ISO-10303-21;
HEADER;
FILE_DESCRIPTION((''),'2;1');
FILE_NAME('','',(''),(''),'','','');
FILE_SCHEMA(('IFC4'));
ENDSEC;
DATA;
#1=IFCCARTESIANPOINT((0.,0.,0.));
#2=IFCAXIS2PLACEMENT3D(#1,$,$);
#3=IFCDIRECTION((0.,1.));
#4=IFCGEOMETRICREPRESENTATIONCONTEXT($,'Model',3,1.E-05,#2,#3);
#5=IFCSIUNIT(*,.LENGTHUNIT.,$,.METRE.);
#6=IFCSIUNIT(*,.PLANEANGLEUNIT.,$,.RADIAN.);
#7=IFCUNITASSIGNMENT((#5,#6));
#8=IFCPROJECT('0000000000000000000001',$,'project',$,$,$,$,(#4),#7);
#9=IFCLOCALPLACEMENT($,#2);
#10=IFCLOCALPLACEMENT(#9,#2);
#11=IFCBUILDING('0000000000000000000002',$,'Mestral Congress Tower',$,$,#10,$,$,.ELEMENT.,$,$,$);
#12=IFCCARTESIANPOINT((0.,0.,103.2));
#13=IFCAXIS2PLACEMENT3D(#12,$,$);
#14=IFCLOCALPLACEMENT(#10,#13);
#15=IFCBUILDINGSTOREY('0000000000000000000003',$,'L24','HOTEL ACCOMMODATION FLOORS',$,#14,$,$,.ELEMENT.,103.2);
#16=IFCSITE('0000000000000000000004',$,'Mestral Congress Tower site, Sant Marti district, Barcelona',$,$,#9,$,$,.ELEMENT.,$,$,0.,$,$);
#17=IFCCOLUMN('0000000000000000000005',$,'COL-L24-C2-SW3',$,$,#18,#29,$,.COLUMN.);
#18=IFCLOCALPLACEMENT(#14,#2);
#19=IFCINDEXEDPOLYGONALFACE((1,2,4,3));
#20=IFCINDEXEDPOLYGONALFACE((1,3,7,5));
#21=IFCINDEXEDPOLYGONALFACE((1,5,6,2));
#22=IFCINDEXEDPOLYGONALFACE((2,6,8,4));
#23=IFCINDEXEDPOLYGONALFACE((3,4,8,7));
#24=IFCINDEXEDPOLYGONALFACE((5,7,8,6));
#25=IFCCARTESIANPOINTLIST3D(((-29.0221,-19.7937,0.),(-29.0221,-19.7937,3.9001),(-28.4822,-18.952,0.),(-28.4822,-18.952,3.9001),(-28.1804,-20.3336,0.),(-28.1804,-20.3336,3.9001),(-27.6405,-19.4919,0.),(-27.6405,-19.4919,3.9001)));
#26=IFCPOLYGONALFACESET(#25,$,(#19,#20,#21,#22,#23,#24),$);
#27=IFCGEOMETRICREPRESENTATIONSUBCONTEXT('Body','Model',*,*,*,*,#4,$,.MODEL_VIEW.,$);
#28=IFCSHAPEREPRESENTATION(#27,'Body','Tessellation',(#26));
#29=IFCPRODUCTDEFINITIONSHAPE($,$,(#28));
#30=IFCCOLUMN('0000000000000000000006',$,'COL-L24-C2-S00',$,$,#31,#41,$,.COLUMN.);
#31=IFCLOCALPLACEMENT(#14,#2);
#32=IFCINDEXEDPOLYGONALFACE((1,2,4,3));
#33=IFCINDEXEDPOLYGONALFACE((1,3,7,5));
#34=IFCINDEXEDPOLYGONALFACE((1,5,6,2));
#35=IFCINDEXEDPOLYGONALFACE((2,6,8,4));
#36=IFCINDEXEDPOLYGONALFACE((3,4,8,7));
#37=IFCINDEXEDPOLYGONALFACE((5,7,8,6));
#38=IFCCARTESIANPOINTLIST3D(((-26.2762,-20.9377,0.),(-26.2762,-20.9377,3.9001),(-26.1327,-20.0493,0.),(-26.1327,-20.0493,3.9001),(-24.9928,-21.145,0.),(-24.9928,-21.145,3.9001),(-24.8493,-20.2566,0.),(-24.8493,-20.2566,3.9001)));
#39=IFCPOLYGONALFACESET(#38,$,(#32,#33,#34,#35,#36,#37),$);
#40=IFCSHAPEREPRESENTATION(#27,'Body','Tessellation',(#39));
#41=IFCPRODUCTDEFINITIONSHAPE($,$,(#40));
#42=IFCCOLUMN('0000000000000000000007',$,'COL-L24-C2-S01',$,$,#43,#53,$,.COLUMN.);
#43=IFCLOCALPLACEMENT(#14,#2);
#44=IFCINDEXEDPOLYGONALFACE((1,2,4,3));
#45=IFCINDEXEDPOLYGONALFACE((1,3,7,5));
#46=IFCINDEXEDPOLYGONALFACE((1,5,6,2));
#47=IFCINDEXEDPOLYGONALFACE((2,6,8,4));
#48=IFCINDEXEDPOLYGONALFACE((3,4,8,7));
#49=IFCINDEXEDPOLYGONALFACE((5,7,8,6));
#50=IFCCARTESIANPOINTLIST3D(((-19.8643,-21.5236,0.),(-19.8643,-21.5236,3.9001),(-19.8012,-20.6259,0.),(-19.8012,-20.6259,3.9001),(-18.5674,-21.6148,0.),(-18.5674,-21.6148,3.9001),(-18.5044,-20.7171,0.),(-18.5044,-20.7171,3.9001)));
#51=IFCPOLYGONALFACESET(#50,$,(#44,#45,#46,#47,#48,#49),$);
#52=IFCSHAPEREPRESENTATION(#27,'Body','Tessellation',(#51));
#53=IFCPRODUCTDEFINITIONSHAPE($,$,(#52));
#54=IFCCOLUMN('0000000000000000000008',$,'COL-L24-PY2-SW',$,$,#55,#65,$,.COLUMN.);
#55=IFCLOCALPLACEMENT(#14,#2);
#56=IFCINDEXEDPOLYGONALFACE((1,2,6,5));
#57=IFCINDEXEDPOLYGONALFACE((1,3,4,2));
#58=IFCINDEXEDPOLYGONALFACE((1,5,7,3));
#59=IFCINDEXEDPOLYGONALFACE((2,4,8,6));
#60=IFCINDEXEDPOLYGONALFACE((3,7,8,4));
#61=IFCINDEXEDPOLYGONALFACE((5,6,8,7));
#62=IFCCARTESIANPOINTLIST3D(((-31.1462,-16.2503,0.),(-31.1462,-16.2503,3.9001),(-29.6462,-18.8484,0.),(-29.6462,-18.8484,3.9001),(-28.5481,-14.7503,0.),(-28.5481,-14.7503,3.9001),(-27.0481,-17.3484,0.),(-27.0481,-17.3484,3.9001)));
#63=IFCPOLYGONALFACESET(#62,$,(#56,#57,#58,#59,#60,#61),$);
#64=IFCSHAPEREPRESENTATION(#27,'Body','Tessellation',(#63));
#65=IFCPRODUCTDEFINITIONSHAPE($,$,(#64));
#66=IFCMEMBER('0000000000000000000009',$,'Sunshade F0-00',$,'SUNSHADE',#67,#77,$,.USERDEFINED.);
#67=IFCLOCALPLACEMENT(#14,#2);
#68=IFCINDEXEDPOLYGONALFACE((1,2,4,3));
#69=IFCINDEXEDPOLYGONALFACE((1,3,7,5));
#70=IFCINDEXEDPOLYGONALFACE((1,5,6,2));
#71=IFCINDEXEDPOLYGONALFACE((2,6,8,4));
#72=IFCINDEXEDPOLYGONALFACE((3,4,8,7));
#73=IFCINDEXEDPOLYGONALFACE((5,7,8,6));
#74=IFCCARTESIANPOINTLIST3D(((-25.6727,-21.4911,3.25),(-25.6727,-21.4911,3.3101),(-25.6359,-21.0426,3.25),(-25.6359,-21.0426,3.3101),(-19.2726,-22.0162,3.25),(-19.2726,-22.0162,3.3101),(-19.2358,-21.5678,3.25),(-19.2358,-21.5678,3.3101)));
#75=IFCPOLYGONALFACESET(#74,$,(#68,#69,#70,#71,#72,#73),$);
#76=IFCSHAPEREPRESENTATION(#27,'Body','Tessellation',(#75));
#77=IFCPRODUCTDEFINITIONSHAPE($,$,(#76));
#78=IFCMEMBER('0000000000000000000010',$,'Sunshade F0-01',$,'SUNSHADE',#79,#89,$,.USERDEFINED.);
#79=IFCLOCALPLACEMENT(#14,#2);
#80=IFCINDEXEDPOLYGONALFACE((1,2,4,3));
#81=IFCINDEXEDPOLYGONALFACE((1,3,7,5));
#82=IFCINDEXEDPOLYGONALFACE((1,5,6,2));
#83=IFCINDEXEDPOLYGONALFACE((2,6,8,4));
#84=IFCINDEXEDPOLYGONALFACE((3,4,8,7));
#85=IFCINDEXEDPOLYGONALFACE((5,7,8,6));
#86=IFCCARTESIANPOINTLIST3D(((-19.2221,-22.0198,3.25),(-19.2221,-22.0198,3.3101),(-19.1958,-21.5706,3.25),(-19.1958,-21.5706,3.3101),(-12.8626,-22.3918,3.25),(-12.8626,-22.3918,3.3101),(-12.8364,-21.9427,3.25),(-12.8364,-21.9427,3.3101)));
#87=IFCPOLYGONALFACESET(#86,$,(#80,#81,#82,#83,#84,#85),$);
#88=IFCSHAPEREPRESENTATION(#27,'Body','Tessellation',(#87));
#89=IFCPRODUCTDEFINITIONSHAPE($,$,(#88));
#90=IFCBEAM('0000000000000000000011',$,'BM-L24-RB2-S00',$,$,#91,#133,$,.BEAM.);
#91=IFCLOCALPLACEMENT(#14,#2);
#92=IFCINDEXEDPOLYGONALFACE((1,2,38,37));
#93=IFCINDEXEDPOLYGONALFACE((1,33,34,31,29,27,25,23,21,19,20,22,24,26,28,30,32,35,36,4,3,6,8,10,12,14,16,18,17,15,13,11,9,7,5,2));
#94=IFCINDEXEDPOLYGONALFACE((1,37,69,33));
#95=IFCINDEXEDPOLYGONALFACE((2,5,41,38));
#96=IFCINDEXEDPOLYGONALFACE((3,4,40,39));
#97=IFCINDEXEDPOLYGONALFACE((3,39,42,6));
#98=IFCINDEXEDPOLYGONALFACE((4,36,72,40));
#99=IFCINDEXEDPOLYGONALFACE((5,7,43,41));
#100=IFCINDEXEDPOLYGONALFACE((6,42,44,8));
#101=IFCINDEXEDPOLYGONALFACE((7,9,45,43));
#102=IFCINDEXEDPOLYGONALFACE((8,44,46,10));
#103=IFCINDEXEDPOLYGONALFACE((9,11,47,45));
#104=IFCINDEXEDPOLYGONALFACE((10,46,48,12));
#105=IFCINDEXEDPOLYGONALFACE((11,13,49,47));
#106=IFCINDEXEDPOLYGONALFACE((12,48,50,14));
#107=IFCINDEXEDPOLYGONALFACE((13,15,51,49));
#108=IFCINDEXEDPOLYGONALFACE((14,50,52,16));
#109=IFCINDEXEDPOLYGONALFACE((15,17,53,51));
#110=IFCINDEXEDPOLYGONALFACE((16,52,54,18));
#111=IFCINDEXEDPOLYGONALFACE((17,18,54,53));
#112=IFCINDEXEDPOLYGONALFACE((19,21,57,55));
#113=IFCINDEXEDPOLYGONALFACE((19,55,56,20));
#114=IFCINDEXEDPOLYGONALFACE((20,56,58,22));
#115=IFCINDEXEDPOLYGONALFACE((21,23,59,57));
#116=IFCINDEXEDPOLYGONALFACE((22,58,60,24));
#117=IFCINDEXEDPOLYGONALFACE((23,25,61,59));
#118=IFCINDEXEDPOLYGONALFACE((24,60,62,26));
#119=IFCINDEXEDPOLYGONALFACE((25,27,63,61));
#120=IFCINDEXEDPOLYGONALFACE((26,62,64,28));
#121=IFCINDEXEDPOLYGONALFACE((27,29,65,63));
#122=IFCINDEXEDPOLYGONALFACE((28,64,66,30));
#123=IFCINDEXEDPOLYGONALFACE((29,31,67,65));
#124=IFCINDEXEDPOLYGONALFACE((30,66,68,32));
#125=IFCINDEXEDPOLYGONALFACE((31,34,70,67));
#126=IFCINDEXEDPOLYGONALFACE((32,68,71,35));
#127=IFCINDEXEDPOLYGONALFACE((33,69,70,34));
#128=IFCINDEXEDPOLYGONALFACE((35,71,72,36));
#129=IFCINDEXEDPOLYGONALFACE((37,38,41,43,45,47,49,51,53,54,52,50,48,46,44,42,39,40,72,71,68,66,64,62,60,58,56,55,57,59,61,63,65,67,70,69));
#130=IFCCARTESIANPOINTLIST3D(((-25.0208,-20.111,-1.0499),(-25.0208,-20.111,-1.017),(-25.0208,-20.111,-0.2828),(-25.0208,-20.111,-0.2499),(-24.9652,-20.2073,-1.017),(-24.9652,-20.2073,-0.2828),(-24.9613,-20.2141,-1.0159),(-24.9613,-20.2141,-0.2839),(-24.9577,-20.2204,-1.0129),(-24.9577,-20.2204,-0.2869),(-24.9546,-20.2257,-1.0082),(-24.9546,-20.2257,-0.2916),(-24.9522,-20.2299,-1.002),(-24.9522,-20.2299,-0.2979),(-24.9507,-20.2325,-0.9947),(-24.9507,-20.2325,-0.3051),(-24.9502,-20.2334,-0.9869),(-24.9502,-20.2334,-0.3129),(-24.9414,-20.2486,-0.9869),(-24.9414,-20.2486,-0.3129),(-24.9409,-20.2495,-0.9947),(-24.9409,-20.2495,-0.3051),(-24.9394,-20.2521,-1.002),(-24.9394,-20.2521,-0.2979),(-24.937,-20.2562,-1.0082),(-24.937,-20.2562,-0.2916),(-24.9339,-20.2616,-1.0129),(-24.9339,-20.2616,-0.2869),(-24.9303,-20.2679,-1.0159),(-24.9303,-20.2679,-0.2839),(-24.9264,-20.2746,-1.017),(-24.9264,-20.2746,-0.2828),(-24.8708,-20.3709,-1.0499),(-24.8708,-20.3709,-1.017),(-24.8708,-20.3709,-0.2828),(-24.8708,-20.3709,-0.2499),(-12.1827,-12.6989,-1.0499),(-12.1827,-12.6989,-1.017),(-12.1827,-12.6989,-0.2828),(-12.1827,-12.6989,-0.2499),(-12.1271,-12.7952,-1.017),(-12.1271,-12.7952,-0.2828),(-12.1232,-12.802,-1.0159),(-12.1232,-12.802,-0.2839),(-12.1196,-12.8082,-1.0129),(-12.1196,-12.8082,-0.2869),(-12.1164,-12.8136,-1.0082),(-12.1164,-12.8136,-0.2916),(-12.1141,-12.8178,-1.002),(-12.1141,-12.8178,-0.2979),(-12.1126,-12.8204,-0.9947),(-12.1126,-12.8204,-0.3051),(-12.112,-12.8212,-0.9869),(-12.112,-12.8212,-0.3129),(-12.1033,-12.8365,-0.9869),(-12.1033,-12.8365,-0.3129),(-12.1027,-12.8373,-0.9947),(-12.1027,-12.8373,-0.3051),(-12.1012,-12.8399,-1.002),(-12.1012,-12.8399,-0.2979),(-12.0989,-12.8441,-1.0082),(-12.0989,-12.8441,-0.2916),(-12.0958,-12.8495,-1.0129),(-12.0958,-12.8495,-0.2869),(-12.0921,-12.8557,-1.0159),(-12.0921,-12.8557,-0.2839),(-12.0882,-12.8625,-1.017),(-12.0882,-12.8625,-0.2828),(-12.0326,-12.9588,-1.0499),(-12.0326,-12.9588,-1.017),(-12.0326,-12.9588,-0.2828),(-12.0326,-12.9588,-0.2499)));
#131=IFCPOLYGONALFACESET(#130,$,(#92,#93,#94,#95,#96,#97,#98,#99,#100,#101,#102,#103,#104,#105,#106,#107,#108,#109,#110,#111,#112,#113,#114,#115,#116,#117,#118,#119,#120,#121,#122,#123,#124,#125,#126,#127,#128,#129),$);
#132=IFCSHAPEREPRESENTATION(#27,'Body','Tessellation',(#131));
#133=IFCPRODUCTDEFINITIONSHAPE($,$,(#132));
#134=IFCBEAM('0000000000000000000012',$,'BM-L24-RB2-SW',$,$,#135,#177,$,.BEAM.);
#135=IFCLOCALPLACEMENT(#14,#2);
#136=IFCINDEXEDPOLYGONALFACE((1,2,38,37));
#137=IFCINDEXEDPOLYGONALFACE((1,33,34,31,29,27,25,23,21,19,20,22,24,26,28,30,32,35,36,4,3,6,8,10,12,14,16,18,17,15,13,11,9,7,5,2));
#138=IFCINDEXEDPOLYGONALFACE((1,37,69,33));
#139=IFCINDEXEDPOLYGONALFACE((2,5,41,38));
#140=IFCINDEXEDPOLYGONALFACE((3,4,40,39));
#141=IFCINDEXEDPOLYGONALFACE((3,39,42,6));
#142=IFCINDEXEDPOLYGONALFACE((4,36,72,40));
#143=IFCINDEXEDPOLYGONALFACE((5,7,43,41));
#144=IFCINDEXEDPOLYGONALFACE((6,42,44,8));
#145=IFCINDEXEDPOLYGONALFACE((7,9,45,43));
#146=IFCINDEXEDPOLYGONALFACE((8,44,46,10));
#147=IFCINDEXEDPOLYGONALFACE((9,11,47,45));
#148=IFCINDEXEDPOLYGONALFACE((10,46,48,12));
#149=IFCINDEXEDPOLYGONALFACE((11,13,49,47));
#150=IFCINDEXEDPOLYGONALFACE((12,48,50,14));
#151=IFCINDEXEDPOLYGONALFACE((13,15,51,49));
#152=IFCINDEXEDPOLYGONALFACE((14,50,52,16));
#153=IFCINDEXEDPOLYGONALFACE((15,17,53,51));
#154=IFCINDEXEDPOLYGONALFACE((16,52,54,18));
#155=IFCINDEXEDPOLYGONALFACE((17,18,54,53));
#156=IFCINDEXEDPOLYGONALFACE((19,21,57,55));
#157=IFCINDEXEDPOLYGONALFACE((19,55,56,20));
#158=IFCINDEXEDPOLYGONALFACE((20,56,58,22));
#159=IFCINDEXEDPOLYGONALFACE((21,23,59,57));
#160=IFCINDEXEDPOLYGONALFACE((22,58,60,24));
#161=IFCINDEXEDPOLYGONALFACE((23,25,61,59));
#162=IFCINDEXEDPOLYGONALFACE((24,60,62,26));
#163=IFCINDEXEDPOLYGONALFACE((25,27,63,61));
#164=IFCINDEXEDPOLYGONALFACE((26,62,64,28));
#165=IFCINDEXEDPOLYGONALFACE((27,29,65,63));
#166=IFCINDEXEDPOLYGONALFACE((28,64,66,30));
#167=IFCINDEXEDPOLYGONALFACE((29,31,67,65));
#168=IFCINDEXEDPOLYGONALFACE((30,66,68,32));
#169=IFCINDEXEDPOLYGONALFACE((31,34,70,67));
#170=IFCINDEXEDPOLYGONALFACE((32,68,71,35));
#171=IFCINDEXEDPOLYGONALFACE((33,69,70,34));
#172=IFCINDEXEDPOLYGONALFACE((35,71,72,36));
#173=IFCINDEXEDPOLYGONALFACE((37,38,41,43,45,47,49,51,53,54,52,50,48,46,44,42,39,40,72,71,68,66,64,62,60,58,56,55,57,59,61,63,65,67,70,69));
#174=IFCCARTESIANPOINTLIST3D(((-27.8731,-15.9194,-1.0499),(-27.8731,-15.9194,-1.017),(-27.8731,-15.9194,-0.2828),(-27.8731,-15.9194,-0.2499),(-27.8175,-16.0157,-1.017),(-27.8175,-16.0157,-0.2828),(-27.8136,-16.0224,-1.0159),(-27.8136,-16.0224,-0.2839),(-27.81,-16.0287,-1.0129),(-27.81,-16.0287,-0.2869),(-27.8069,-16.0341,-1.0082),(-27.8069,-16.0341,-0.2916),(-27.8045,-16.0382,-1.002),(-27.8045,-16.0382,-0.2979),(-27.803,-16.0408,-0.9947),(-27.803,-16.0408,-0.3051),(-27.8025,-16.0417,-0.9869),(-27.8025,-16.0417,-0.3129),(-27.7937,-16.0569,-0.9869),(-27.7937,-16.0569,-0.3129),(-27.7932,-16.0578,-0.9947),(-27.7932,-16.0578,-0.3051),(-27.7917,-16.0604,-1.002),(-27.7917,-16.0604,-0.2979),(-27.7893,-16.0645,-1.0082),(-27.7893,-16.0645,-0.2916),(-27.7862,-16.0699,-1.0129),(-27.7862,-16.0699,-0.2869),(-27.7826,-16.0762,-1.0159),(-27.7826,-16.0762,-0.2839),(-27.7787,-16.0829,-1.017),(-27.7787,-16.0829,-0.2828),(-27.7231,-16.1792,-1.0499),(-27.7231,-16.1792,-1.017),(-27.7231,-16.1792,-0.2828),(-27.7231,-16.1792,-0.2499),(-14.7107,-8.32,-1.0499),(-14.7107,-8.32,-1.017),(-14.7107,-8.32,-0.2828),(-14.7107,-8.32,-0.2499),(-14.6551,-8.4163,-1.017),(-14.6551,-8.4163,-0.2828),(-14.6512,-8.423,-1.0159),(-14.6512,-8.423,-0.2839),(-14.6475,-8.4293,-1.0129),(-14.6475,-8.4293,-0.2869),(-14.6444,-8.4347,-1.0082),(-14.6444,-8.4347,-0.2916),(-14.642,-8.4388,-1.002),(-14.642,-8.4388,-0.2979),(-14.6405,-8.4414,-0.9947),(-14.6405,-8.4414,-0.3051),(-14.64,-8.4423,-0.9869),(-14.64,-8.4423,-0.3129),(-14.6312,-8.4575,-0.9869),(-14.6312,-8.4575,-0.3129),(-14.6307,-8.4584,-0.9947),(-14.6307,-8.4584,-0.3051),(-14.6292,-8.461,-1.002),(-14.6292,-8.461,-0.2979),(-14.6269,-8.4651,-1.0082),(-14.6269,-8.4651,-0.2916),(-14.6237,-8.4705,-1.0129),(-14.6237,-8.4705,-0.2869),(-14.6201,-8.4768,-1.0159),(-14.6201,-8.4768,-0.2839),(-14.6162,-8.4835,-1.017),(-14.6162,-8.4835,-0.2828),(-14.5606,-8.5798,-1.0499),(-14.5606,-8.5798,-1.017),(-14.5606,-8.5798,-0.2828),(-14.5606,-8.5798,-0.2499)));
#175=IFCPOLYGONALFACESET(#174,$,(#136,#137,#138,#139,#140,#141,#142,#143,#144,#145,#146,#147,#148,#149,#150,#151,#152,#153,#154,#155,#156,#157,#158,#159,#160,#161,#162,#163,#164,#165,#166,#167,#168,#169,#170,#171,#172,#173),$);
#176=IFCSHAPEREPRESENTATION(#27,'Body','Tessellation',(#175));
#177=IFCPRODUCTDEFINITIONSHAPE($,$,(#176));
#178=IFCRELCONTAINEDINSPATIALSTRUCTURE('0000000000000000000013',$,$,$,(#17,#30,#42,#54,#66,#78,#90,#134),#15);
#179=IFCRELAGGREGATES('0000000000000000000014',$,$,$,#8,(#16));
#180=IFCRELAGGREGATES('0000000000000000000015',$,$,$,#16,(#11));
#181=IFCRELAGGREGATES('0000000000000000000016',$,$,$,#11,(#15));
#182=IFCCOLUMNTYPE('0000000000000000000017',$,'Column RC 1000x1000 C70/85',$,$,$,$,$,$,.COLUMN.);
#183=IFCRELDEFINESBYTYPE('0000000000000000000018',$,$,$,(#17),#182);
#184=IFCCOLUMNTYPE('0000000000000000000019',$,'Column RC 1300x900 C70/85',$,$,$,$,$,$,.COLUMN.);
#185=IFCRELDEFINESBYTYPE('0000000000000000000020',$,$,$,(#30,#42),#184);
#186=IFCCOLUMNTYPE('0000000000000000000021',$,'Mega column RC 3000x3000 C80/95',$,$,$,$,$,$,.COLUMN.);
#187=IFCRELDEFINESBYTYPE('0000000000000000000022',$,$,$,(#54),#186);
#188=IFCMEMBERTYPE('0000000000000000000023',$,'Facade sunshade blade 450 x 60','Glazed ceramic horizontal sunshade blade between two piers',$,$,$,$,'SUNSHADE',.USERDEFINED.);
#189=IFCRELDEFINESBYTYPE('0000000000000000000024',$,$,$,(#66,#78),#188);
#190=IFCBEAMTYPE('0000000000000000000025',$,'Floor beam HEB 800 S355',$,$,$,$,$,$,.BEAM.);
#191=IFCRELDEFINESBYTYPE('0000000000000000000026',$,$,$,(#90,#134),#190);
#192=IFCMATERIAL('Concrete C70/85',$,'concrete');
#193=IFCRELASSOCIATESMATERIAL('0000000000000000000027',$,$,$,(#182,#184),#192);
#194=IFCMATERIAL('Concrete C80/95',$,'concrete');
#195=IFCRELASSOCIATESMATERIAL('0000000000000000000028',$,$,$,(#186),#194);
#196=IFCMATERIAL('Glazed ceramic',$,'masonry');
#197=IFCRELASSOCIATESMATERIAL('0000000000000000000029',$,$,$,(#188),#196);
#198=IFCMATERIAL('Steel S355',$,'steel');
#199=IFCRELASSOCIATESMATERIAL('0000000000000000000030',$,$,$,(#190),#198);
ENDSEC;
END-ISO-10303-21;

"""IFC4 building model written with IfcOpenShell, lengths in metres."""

from ifc_helpers import new_model, si_unit, direction, frame, origin, origin_2d, place, context, subcontext, project, spatial, rectangle, i_section, extrude, material, material_profile, profile_set, type_object, element, save


model = new_model("IFC4")

# Units and contexts
model_context = context("Model", 3, precision=1e-05, world=origin(), true_north=direction((0.0, 1.0)))
body_context = subcontext(model_context, "Body", "Model", "MODEL_VIEW")
ifc_project = project(units=[si_unit("LENGTHUNIT", "METRE"), si_unit("PLANEANGLEUNIT", "RADIAN")], contexts=[model_context])

# Site, building, storey
site_placement = place(None, origin())
site = spatial("IfcSite", under=ifc_project, at=site_placement, Name="Mestral Congress Tower site, Sant Marti district, Barcelona", CompositionType="ELEMENT", RefElevation=0.0)
building_placement = place(site_placement, origin())
building = spatial("IfcBuilding", under=site, at=building_placement, Name="Mestral Congress Tower", CompositionType="ELEMENT")
storey_placement = place(building_placement, frame((0.0, 0.0, 103.2)))
storey = spatial("IfcBuildingStorey", under=building, at=storey_placement, Name="L24", Description="HOTEL ACCOMMODATION FLOORS", CompositionType="ELEMENT", Elevation=103.2)

# Columns
ifc_material_1 = material(Name="Concrete C70/85", Category="concrete")
ifc_material_profile_1 = material_profile(ifc_material_1, rectangle(XDim=1.0, YDim=1.0, at=origin_2d()), Name="RC 1000x1000")
ifc_profile_set_1 = profile_set([ifc_material_profile_1], Name="Concrete C70/85")
column_type_1 = type_object("IfcColumnType", Name="Column RC 1000x1000 C70/85", PredefinedType="COLUMN", material=ifc_profile_set_1)
column_1_placement = place(storey_placement, frame((-28.3313, -19.6428, 0.0), z_axis=(0.0, 0.0, 1.0), x_axis=(0.8417, -0.539945, 0.0)))
element("IfcColumn", 1, at=column_1_placement, inside=storey, type_object=column_type_1, Name="COL-L24-C2-SW3", PredefinedType="COLUMN", context=body_context, shape_type="SweptSolid", body=[
    extrude(rectangle(XDim=1.0, YDim=1.0, at=origin_2d()), origin(), (0.0, 0.0, 1.0), 3.9001),
])
ifc_material_profile_2 = material_profile(ifc_material_1, rectangle(XDim=1.3, YDim=0.8999, at=origin_2d()), Name="RC 1300x900")
ifc_profile_set_2 = profile_set([ifc_material_profile_2], Name="Concrete C70/85")
column_type_2 = type_object("IfcColumnType", Name="Column RC 1300x900 C70/85", PredefinedType="COLUMN", material=ifc_profile_set_2)
for number, where, z_axis, x_axis, name in (
    (2, (-25.5627, -20.5972, 0.0), (0.0, 0.0, 1.0), (0.987202, -0.159473, 0.0), "COL-L24-C2-S00"),
    (3, (-19.1843, -21.1204, 0.0), (0.0, 0.0, 1.0), (0.99754, -0.070101, 0.0), "COL-L24-C2-S01"),
):
    element("IfcColumn", number, at=place(storey_placement, frame(where, z_axis=z_axis, x_axis=x_axis)), inside=storey, type_object=column_type_2, Name=name, PredefinedType="COLUMN", context=body_context, shape_type="SweptSolid", body=[
        extrude(rectangle(XDim=1.3, YDim=0.8999, at=origin_2d()), origin(), (0.0, 0.0, 1.0), 3.9001),
    ])
ifc_material_2 = material(Name="Concrete C80/95", Category="concrete")
ifc_material_profile_3 = material_profile(ifc_material_2, rectangle(XDim=3.0, YDim=3.0, at=origin_2d()), Name="RC 3000x3000")
ifc_profile_set_3 = profile_set([ifc_material_profile_3], Name="Concrete C80/95")
column_type_3 = type_object("IfcColumnType", Name="Mega column RC 3000x3000 C80/95", PredefinedType="COLUMN", material=ifc_profile_set_3)
column_2_placement = place(storey_placement, frame((-29.0972, -16.7993, 0.0), z_axis=(0.0, 0.0, 1.0), x_axis=(-0.866025, -0.5, 0.0)))
element("IfcColumn", 4, at=column_2_placement, inside=storey, type_object=column_type_3, Name="COL-L24-PY2-SW", PredefinedType="COLUMN", context=body_context, shape_type="SweptSolid", body=[
    extrude(rectangle(XDim=3.0, YDim=3.0, at=origin_2d()), origin(), (0.0, 0.0, 1.0), 3.9001),
])

# Members
ifc_material_3 = material(Name="Glazed ceramic", Category="masonry")
ifc_material_profile_4 = material_profile(ifc_material_3, rectangle(XDim=0.45, YDim=0.0601, at=origin_2d()), Name="Ceramic blade 450 x 60")
ifc_profile_set_4 = profile_set([ifc_material_profile_4], Name="Glazed ceramic")
member_type = type_object("IfcMemberType", Name="Facade sunshade blade 450 x 60", Description="Glazed ceramic horizontal sunshade blade between two piers", ElementType="SUNSHADE", PredefinedType="USERDEFINED", material=ifc_profile_set_4)
member_1_placement = place(storey_placement, frame((-25.6543, -21.2668, 3.28), z_axis=(0.996651, -0.081777, 0.0), x_axis=(0.081777, 0.996651, 0.0)))
element("IfcMember", 5, at=member_1_placement, inside=storey, type_object=member_type, Name="Sunshade F0-00", ObjectType="SUNSHADE", PredefinedType="USERDEFINED", context=body_context, shape_type="SweptSolid", body=[
    extrude(rectangle(XDim=0.45, YDim=0.0601, at=origin_2d()), origin(), (0.0, 0.0, 1.0), 6.4216),
])
member_2_placement = place(storey_placement, frame((-19.209, -21.7952, 3.28), z_axis=(0.998293, -0.058407, 0.0), x_axis=(0.058407, 0.998293, 0.0)))
element("IfcMember", 6, at=member_2_placement, inside=storey, type_object=member_type, Name="Sunshade F0-01", ObjectType="SUNSHADE", PredefinedType="USERDEFINED", context=body_context, shape_type="SweptSolid", body=[
    extrude(rectangle(XDim=0.45, YDim=0.0601, at=origin_2d()), origin(), (0.0, 0.0, 1.0), 6.3704),
])

# Beams
ifc_material_4 = material(Name="Steel S355", Category="steel")
ifc_material_profile_5 = material_profile(ifc_material_4, i_section(OverallWidth=0.3, OverallDepth=0.8, WebThickness=0.0176, FlangeThickness=0.033, FilletRadius=0.03, at=origin_2d()), Name="HEB 800")
ifc_profile_set_5 = profile_set([ifc_material_profile_5], Name="Steel S355")
beam_type_1 = type_object("IfcBeamType", Name="Floor beam HEB 800 S355", PredefinedType="BEAM", material=ifc_profile_set_5)
beam_1_placement = place(storey_placement, frame((-24.9458, -20.241, -0.6499), z_axis=(0.866025, 0.5, 0.0), x_axis=(-0.5, 0.866025, 0.0)))
element("IfcBeam", 7, at=beam_1_placement, inside=storey, type_object=beam_type_1, Name="BM-L24-RB2-S00", PredefinedType="BEAM", context=body_context, shape_type="SweptSolid", body=[
    extrude(i_section(OverallWidth=0.3, OverallDepth=0.8, WebThickness=0.0176, FlangeThickness=0.033, FilletRadius=0.03, at=origin_2d()), origin(), (0.0, 0.0, 1.0), 14.8242),
])
beam_2_placement = place(storey_placement, frame((-27.7981, -16.0493, -0.6499), z_axis=(0.866023, 0.500004, 0.0), x_axis=(-0.500004, 0.866023, 0.0)))
element("IfcBeam", 8, at=beam_2_placement, inside=storey, type_object=beam_type_1, Name="BM-L24-RB2-SW", PredefinedType="BEAM", context=body_context, shape_type="SweptSolid", body=[
    extrude(i_section(OverallWidth=0.3, OverallDepth=0.8, WebThickness=0.0176, FlangeThickness=0.033, FilletRadius=0.03, at=origin_2d()), origin(), (0.0, 0.0, 1.0), 15.1987),
])

save(model, "model.ifc")
